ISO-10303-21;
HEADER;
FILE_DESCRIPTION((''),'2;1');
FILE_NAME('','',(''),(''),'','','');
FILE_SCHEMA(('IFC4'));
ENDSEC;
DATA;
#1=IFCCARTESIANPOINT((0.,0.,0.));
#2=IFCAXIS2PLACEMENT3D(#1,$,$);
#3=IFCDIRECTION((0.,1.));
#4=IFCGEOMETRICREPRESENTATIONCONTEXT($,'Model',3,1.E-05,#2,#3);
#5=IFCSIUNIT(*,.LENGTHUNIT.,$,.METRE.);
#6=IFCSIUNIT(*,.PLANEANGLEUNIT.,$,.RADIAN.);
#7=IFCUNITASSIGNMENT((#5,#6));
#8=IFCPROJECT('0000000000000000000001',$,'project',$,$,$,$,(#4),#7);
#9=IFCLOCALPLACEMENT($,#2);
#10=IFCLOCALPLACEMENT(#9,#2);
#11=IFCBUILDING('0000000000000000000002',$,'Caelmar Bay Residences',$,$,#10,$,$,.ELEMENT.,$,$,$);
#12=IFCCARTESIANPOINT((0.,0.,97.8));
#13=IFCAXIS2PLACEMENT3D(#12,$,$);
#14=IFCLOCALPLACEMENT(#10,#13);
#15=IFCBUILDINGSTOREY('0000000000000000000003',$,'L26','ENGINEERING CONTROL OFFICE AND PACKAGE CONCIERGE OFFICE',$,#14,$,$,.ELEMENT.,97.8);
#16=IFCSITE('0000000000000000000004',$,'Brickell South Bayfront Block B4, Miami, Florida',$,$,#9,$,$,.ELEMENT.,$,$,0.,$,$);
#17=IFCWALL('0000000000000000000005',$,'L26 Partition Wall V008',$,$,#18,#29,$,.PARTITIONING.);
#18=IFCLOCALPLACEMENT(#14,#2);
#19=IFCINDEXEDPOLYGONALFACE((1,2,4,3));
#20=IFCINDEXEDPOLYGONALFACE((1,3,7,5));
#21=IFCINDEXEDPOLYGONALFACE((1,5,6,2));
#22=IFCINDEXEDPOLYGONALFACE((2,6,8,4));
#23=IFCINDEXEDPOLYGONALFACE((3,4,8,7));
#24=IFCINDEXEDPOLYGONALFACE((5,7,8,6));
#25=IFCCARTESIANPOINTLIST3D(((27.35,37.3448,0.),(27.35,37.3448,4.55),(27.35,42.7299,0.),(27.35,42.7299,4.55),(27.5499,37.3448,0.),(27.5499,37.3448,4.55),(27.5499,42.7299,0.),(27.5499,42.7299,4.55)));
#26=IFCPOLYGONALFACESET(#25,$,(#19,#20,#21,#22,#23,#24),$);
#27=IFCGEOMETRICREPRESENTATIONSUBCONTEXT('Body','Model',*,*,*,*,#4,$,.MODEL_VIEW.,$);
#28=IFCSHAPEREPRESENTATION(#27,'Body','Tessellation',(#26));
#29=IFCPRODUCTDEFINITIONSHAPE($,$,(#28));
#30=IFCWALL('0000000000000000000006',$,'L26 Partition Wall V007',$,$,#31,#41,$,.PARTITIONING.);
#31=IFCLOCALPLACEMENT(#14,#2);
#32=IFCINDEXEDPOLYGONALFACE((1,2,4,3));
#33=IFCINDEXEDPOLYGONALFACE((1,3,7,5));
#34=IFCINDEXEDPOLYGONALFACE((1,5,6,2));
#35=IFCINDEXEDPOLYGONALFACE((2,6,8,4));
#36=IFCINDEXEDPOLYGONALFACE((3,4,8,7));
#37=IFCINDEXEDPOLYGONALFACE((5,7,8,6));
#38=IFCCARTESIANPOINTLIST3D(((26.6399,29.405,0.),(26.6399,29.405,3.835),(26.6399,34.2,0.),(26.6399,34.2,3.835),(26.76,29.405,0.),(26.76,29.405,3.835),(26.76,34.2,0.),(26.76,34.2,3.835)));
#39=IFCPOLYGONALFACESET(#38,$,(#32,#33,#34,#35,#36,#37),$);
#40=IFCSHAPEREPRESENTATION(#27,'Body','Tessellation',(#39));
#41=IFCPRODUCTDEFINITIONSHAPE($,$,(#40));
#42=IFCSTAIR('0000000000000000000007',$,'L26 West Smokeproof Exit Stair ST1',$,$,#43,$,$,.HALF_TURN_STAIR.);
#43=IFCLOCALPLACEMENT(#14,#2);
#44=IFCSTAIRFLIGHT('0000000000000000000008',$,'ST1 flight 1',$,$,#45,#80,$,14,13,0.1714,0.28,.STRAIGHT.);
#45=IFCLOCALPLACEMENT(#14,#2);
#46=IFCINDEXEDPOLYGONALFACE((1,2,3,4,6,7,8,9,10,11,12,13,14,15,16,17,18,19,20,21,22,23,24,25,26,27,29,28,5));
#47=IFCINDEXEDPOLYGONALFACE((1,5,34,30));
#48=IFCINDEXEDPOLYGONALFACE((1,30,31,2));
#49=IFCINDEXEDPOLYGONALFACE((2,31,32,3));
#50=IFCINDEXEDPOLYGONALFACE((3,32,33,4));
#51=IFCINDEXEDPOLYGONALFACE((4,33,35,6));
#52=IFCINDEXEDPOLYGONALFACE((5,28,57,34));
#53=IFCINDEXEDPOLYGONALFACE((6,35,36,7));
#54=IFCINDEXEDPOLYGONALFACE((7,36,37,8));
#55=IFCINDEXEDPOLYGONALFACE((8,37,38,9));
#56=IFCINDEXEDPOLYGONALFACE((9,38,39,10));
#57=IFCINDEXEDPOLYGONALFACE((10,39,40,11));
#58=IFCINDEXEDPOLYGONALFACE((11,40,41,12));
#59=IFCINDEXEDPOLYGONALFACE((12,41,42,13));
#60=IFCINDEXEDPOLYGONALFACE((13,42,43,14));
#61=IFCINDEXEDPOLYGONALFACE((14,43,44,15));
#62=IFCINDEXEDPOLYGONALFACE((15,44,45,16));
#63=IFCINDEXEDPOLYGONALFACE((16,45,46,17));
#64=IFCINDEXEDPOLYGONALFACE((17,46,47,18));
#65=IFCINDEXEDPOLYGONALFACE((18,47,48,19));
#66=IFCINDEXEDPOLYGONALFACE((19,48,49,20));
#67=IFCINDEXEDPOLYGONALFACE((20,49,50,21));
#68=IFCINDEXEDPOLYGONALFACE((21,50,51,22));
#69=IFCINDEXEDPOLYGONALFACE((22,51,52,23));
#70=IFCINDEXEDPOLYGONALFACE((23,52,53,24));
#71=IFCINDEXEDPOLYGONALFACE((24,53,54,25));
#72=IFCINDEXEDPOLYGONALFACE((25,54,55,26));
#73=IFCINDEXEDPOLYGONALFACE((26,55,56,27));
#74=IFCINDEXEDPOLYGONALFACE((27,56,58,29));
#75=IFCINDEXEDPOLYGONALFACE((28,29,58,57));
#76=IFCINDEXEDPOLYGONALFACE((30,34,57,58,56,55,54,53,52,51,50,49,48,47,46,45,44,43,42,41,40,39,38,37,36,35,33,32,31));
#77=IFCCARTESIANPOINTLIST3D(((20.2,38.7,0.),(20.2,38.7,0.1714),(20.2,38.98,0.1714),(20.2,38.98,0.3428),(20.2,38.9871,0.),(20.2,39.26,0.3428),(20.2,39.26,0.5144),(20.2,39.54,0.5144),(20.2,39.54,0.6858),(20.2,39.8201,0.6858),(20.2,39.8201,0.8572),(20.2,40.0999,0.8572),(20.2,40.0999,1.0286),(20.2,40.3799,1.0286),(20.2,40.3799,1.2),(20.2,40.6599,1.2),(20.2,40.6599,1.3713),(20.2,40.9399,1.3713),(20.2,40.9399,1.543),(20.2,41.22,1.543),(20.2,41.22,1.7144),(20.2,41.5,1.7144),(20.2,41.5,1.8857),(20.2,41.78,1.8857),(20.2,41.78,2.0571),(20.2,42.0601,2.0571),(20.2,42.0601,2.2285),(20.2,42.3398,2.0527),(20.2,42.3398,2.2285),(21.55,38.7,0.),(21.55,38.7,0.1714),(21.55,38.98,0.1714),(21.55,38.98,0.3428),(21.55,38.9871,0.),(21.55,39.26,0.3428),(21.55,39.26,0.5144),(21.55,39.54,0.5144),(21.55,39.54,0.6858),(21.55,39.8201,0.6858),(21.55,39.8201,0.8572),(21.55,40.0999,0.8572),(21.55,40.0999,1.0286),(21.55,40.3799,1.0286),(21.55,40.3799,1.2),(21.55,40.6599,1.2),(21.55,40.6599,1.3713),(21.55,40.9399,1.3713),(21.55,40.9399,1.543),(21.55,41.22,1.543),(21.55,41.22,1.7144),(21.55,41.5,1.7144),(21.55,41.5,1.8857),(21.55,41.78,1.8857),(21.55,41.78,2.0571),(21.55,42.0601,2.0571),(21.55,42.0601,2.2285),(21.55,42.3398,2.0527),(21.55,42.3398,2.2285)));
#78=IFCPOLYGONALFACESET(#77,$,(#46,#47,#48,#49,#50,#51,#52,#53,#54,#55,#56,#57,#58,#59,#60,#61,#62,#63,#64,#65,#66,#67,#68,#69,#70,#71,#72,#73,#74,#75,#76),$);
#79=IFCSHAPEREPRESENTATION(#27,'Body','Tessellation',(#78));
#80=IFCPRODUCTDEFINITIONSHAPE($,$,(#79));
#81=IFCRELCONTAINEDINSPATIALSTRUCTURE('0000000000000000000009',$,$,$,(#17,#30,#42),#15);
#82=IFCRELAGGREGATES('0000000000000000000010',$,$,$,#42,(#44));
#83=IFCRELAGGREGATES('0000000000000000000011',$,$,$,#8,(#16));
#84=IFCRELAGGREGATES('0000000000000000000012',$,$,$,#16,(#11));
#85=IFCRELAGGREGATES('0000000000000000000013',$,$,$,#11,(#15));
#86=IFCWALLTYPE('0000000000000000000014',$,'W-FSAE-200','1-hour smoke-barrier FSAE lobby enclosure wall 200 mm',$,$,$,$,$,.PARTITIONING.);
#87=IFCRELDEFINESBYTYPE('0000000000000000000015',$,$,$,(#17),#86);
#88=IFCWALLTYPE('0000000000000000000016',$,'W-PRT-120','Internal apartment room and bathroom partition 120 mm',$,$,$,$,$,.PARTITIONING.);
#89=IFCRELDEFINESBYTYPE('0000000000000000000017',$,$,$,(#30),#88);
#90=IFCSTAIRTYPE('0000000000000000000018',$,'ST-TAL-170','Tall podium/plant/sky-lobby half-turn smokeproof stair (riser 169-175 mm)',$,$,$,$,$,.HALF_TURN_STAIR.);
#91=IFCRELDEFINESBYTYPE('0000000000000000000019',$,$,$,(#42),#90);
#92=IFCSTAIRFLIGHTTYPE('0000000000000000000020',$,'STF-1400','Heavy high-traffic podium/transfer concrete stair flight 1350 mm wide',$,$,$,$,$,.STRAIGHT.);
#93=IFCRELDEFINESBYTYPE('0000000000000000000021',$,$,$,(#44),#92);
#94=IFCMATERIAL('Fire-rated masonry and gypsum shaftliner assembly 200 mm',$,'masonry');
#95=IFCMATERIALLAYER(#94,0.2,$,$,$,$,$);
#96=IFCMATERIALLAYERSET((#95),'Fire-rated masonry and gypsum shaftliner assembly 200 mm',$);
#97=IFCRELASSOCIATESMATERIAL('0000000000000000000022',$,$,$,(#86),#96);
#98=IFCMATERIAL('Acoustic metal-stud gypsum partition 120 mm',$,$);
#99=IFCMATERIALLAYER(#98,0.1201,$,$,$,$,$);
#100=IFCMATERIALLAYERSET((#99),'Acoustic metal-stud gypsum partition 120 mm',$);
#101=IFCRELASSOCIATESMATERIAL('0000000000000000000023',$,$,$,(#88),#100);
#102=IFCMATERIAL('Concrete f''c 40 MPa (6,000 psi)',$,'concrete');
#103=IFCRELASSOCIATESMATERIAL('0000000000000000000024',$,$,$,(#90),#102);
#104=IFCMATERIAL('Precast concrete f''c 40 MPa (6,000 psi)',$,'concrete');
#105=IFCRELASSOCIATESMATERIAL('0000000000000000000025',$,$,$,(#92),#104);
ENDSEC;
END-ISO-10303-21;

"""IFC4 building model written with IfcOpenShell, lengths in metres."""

from ifc_helpers import new_model, si_unit, direction, frame, frame_2d, origin, place, context, subcontext, project, spatial, polyline, rectangle, outline, extrude, material, layer, layer_set, type_object, element, aggregate, save


model = new_model("IFC4")

# Units and contexts
model_context = context("Model", 3, precision=1e-05, world=origin(), true_north=direction((0.0, 1.0)))
body_context = subcontext(model_context, "Body", "Model", "MODEL_VIEW")
ifc_project = project(units=[si_unit("LENGTHUNIT", "METRE"), si_unit("PLANEANGLEUNIT", "RADIAN")], contexts=[model_context])

# Site, building, storey
site_placement = place(None, origin())
site = spatial("IfcSite", under=ifc_project, at=site_placement, Name="Brickell South Bayfront Block B4, Miami, Florida", CompositionType="ELEMENT", RefElevation=0.0)
building_placement = place(site_placement, origin())
building = spatial("IfcBuilding", under=site, at=building_placement, Name="Caelmar Bay Residences", CompositionType="ELEMENT")
storey_placement = place(building_placement, frame((0.0, 0.0, 97.8)))
storey = spatial("IfcBuildingStorey", under=building, at=storey_placement, Name="L26", Description="ENGINEERING CONTROL OFFICE AND PACKAGE CONCIERGE OFFICE", CompositionType="ELEMENT", Elevation=97.8)

# Walls
ifc_material_1 = material(Name="Fire-rated masonry and gypsum shaftliner assembly 200 mm", Category="masonry")
ifc_layer_1 = layer(ifc_material_1, 0.2)
ifc_layer_set_1 = layer_set([ifc_layer_1], Name="Fire-rated masonry and gypsum shaftliner assembly 200 mm")
wall_type_1 = type_object("IfcWallType", Name="W-FSAE-200", Description="1-hour smoke-barrier FSAE lobby enclosure wall 200 mm", PredefinedType="PARTITIONING", material=ifc_layer_set_1)
wall_1_placement = place(storey_placement, frame((27.45, 37.345, 0.0), z_axis=(0.0, 0.0, 1.0), x_axis=(0.0, 1.0, 0.0)))
element("IfcWall", 1, at=wall_1_placement, inside=storey, type_object=wall_type_1, Name="L26 Partition Wall V008", PredefinedType="PARTITIONING", context=body_context, shape_type="SweptSolid", body=[
    extrude(rectangle(XDim=5.385, YDim=0.2, at=frame_2d((2.6924, 0.0))), origin(), (0.0, 0.0, 1.0), 4.55),
])
ifc_material_2 = material(Name="Acoustic metal-stud gypsum partition 120 mm")
ifc_layer_2 = layer(ifc_material_2, 0.1201)
ifc_layer_set_2 = layer_set([ifc_layer_2], Name="Acoustic metal-stud gypsum partition 120 mm")
wall_type_2 = type_object("IfcWallType", Name="W-PRT-120", Description="Internal apartment room and bathroom partition 120 mm", PredefinedType="PARTITIONING", material=ifc_layer_set_2)
wall_2_placement = place(storey_placement, frame((26.7, 29.405, 0.0), z_axis=(0.0, 0.0, 1.0), x_axis=(0.0, 1.0, 0.0)))
element("IfcWall", 2, at=wall_2_placement, inside=storey, type_object=wall_type_2, Name="L26 Partition Wall V007", PredefinedType="PARTITIONING", context=body_context, shape_type="SweptSolid", body=[
    extrude(rectangle(XDim=4.7949, YDim=0.1201, at=frame_2d((2.3975, 0.0))), origin(), (0.0, 0.0, 1.0), 3.835),
])

# Stair, stair flight
ifc_material_3 = material(Name="Concrete f'c 40 MPa (6,000 psi)", Category="concrete")
stair_type = type_object("IfcStairType", Name="ST-TAL-170", Description="Tall podium/plant/sky-lobby half-turn smokeproof stair (riser 169-175 mm)", PredefinedType="HALF_TURN_STAIR", material=ifc_material_3)
stair_placement = place(storey_placement, origin())
stair = element("IfcStair", 3, at=stair_placement, inside=storey, type_object=stair_type, Name="L26 West Smokeproof Exit Stair ST1", PredefinedType="HALF_TURN_STAIR")
ifc_material_4 = material(Name="Precast concrete f'c 40 MPa (6,000 psi)", Category="concrete")
stair_flight_type = type_object("IfcStairFlightType", Name="STF-1400", Description="Heavy high-traffic podium/transfer concrete stair flight 1350 mm wide", PredefinedType="STRAIGHT", material=ifc_material_4)
stair_flight_placement = place(storey_placement, frame((20.875, 38.7, 0.0), z_axis=(0.0, 0.0, 1.0), x_axis=(0.0, 1.0, 0.0)))
stair_flight = element("IfcStairFlight", 4, at=stair_flight_placement, type_object=stair_flight_type, Name="ST1 flight 1", NumberOfRisers=14, NumberOfTreads=13, PredefinedType="STRAIGHT", RiserHeight=0.1714, TreadLength=0.28, context=body_context, shape_type="SweptSolid", body=[
    extrude(outline(polyline([(0.0, 0.0), (0.0, 0.1714), (0.28, 0.1714), (0.28, 0.3428), (0.5601, 0.3428), (0.5601, 0.5144), (0.8401, 0.5144), (0.8401, 0.6858), (1.1201, 0.6858), (1.1201, 0.8572), (1.3999, 0.8572), (1.3999, 1.0286), (1.6799, 1.0286), (1.6799, 1.2), (1.96, 1.2), (1.96, 1.3713), (2.24, 1.3713), (2.24, 1.543), (2.52, 1.543), (2.52, 1.7144), (2.8, 1.7144), (2.8, 1.8857), (3.0801, 1.8857), (3.0801, 2.0571), (3.3601, 2.0571), (3.3601, 2.2285), (3.6399, 2.2285), (3.6399, 2.3999), (3.6399, 2.0527), (0.2871, 0.0), (0.0, 0.0)])), frame((0.0, 0.675, 0.0), z_axis=(0.0, -1.0, 0.0), x_axis=(1.0, 0.0, 0.0)), (0.0, 0.0, 1.0), 1.3501),
])
aggregate(stair, [stair_flight])

save(model, "model.ifc")
